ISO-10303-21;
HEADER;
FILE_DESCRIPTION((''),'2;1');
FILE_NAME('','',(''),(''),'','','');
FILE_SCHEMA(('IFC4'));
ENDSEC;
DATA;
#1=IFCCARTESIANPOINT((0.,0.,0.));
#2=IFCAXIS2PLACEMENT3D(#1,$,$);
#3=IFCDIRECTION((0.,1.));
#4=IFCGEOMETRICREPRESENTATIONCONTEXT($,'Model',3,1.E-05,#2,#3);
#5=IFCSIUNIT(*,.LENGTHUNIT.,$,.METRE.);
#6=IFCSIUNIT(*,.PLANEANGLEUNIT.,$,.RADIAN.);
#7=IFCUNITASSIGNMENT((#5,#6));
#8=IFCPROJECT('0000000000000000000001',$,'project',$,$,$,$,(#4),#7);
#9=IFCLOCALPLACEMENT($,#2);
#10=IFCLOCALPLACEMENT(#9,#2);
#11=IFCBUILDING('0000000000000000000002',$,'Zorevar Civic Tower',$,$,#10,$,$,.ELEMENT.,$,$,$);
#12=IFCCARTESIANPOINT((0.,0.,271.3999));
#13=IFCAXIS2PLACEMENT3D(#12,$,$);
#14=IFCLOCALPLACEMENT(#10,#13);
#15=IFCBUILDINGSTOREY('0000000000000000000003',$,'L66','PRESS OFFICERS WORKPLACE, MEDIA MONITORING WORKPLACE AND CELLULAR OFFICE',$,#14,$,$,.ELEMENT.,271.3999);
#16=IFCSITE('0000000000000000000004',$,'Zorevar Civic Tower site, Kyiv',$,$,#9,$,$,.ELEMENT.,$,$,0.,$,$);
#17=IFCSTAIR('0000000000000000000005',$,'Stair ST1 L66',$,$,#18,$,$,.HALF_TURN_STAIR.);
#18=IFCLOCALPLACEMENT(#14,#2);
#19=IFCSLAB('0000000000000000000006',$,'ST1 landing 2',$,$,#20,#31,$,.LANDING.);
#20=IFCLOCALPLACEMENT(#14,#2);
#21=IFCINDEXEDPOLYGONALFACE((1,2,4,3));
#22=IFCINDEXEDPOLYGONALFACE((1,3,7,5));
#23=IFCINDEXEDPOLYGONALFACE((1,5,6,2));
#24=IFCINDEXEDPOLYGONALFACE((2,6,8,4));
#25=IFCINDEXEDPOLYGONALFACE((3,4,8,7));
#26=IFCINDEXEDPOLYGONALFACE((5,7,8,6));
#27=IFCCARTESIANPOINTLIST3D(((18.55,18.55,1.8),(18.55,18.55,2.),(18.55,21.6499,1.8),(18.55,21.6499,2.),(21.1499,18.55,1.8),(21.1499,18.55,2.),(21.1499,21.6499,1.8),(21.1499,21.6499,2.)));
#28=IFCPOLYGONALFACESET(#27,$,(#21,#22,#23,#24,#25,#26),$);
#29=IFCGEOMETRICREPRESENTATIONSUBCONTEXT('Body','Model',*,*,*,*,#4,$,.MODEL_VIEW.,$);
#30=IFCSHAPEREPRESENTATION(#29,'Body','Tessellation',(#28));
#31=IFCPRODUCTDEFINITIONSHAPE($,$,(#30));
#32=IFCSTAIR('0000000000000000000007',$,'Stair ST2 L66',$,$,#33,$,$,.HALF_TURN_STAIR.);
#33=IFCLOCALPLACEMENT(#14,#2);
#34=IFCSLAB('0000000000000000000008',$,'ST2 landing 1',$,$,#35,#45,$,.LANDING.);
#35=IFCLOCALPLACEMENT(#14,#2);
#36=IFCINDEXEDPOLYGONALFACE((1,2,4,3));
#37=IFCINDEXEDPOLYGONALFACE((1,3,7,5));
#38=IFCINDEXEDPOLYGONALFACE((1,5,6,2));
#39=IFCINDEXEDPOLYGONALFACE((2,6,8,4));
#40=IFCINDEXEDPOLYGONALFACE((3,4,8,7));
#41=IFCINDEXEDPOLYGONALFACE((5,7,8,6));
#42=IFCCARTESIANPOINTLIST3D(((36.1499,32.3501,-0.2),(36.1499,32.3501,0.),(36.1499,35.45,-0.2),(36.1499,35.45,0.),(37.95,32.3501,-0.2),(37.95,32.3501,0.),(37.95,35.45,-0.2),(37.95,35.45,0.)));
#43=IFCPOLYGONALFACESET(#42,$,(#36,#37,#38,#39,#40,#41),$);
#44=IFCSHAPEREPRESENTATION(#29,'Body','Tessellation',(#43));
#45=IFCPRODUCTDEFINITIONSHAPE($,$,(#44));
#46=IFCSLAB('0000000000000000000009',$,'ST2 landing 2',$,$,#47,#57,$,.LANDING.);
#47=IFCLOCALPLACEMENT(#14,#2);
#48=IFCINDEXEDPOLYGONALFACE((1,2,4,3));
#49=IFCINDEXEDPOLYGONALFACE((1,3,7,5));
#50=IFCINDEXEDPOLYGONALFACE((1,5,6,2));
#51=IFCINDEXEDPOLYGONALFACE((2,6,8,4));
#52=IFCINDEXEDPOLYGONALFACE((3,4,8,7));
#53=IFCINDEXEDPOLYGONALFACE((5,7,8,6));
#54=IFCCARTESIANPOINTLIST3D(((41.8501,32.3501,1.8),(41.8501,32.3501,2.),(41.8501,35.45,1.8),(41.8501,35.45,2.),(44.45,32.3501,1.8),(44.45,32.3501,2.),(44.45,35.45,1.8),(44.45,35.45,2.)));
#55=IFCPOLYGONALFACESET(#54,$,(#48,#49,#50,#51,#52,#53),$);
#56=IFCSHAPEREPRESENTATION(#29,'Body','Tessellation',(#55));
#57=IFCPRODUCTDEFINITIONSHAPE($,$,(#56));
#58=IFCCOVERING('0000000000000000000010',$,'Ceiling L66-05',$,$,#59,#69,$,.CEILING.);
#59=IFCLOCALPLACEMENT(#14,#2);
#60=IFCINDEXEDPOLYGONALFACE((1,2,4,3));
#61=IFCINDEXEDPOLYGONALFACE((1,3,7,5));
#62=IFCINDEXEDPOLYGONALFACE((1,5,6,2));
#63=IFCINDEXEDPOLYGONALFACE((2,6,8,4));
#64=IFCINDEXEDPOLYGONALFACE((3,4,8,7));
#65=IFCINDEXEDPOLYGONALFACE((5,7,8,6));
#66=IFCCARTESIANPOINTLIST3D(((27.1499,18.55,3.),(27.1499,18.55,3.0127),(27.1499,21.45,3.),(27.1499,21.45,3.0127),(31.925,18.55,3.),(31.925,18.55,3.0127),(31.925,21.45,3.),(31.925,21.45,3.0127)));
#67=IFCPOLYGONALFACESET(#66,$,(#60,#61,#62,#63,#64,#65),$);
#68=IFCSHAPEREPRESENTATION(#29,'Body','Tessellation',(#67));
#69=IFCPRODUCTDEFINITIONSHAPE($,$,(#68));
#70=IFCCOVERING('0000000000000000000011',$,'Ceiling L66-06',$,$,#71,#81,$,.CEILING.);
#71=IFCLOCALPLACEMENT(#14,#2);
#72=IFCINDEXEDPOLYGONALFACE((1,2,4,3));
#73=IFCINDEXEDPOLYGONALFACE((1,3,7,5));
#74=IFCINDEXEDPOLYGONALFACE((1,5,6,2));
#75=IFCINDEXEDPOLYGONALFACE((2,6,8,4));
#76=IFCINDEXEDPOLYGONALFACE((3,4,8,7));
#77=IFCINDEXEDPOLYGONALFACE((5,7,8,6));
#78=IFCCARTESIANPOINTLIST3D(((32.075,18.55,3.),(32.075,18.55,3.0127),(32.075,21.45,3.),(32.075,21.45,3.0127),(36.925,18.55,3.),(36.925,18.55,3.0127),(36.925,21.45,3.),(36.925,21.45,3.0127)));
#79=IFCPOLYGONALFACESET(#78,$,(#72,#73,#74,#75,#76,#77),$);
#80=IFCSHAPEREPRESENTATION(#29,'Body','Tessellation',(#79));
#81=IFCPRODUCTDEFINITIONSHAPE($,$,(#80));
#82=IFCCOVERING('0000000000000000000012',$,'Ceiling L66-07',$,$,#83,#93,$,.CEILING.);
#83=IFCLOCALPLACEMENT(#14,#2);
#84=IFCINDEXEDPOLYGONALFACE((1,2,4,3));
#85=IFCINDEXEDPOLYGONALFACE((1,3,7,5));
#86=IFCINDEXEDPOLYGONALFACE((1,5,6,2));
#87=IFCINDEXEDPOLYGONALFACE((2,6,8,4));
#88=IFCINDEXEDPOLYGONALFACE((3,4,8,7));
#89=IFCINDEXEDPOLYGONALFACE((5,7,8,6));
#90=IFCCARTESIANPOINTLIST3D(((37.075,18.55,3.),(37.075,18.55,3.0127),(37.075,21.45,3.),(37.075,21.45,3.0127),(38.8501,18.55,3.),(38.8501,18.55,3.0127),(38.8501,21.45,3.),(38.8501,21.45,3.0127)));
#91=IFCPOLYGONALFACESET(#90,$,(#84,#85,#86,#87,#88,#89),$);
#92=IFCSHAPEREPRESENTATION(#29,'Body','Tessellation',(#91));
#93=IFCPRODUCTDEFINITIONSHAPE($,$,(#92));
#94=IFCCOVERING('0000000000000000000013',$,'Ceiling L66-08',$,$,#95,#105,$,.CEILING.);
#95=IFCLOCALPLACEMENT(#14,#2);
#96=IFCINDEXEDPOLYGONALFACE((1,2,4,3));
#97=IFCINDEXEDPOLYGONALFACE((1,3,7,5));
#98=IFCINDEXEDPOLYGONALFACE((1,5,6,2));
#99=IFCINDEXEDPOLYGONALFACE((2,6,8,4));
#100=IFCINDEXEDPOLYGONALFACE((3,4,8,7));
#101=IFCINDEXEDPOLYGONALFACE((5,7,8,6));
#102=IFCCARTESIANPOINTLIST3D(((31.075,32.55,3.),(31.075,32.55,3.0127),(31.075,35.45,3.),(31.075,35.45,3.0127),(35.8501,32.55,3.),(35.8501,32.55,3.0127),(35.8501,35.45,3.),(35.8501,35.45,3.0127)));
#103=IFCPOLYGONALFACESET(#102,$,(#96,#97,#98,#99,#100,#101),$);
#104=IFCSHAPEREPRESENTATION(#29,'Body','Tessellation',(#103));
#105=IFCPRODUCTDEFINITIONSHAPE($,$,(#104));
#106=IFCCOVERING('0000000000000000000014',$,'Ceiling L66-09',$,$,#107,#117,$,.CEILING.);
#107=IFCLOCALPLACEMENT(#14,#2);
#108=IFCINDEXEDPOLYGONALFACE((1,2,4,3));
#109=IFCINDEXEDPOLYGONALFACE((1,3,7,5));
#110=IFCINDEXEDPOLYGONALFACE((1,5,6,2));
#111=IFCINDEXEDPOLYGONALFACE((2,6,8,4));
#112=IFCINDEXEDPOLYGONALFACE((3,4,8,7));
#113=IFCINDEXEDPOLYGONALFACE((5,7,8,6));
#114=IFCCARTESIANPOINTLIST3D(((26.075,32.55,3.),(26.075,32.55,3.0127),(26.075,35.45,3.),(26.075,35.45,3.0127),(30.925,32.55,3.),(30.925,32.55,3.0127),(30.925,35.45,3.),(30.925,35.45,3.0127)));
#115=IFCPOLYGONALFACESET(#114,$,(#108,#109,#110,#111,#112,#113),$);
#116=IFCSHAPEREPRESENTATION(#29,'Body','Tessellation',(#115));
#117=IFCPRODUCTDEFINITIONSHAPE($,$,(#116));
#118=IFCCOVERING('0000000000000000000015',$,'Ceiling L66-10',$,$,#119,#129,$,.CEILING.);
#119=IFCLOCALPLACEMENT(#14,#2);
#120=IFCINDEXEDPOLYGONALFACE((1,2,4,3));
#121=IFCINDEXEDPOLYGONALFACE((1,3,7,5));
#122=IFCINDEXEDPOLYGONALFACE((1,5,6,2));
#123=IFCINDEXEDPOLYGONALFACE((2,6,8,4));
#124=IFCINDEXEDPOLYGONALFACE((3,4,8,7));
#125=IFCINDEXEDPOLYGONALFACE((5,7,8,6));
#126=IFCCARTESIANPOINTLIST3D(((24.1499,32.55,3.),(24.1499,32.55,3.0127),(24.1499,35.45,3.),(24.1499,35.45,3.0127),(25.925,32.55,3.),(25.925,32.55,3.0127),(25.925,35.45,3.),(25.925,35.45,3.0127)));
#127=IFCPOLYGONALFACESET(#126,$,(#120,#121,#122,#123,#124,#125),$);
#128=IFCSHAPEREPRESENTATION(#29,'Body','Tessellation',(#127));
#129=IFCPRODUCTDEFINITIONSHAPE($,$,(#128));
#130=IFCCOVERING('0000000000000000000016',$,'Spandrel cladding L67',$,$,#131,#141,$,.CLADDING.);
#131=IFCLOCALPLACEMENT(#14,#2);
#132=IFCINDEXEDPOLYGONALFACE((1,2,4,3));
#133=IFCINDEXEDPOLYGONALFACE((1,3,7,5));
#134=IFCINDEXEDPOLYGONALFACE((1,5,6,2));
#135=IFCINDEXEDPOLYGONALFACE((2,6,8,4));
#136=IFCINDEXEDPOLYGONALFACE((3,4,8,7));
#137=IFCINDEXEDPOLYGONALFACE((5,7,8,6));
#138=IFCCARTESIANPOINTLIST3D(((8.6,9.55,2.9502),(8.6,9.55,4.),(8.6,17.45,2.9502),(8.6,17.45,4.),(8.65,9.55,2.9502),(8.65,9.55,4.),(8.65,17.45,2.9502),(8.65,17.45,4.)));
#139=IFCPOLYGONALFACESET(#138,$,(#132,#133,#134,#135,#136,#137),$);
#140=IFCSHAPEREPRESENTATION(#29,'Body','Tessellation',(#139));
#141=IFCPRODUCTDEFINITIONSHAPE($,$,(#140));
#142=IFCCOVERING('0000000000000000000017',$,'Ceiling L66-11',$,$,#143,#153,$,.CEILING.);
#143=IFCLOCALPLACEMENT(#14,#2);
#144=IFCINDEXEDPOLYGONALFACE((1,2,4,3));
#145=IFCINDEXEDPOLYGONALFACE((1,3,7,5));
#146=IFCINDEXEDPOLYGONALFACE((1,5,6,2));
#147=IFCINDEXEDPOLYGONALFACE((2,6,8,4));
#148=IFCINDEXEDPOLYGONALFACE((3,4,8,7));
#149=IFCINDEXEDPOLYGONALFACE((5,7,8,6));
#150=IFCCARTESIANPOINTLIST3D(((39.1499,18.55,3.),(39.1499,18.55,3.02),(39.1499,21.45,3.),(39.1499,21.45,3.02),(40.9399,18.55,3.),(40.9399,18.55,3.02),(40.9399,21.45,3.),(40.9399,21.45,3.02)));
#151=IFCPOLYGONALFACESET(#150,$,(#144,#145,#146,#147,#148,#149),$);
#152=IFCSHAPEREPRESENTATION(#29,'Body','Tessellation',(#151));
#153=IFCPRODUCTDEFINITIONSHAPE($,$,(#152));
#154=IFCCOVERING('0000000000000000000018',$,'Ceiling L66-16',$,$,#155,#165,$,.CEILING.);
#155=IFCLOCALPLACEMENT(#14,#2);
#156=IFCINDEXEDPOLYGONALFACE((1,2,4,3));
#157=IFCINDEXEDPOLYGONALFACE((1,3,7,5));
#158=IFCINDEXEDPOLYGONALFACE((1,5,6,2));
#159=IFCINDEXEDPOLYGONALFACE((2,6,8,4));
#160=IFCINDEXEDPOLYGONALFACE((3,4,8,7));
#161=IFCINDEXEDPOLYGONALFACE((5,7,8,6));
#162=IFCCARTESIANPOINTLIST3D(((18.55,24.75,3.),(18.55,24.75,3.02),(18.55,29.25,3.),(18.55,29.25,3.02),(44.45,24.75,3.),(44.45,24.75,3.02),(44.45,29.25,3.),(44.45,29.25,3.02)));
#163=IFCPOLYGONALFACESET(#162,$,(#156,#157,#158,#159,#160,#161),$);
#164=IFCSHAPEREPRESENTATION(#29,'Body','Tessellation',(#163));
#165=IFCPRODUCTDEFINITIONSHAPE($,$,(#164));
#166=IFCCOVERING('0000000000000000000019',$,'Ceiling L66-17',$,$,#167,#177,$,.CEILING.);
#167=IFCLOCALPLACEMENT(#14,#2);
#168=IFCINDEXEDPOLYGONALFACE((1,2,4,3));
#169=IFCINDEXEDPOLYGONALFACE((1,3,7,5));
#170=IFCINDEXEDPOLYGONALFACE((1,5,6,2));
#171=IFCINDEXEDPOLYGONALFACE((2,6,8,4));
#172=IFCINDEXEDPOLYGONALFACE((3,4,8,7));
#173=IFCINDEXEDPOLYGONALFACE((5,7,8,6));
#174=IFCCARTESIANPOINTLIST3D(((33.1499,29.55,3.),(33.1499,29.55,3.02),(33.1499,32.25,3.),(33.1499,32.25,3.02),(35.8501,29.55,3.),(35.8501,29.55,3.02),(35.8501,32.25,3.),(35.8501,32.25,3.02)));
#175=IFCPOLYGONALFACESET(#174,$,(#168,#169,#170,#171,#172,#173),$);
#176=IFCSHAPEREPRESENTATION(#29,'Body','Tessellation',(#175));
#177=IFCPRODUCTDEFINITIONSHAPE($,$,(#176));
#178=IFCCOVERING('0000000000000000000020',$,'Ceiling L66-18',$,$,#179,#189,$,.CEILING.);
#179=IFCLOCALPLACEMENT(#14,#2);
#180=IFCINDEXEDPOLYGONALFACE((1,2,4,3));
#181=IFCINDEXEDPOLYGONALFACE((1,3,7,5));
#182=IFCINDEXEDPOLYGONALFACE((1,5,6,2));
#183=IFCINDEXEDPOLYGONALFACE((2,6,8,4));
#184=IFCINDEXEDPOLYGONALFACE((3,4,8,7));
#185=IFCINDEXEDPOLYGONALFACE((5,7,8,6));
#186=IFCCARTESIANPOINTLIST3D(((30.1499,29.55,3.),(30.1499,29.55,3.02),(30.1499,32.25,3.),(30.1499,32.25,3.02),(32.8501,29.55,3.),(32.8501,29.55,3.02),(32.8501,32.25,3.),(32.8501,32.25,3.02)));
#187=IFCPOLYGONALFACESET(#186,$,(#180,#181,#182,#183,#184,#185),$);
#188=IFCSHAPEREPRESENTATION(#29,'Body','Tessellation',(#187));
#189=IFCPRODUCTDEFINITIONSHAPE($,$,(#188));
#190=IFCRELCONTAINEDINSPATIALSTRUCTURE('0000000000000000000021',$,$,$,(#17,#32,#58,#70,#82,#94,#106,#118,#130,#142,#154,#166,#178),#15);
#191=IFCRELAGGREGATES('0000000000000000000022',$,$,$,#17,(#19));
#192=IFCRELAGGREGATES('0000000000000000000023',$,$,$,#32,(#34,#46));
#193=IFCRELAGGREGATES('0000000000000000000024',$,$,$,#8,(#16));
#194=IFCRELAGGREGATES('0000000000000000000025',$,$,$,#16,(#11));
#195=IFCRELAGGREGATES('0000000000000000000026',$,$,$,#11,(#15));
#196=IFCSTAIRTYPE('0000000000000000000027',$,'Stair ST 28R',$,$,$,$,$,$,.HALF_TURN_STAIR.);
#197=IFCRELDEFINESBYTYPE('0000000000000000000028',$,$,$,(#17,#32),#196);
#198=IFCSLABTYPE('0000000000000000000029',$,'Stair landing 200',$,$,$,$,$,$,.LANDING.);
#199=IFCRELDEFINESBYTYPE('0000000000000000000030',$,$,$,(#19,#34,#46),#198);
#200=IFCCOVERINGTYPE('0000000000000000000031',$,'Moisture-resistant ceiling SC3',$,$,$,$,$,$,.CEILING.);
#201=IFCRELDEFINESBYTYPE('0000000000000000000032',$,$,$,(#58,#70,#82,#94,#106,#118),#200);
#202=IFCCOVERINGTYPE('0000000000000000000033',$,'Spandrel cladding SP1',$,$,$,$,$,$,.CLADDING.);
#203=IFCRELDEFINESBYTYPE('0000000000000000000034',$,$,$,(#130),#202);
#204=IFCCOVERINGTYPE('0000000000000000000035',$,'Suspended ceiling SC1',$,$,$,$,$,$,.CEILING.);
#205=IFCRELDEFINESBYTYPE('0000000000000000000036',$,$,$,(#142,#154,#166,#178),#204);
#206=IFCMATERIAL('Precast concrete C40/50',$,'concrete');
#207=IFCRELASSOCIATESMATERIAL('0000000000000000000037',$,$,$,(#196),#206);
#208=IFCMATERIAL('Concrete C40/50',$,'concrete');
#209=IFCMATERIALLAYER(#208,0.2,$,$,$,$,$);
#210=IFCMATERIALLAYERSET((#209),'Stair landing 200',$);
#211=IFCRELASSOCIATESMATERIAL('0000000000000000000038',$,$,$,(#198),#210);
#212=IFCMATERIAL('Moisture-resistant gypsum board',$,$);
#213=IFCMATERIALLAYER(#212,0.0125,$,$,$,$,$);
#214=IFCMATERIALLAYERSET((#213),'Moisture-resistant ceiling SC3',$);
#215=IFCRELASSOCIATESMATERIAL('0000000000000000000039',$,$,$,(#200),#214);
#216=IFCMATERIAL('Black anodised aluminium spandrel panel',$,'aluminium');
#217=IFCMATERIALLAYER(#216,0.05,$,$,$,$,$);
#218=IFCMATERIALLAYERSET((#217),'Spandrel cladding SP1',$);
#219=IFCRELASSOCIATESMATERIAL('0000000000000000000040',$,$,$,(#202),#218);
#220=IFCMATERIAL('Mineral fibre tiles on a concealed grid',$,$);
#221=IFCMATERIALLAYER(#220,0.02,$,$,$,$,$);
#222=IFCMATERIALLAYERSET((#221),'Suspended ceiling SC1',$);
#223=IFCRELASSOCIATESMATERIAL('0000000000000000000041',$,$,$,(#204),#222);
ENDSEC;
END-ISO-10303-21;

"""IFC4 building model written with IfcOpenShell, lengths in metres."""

from ifc_helpers import new_model, si_unit, direction, frame, frame_2d, origin, place, context, subcontext, project, spatial, polyline, rectangle, outline, extrude, material, layer, layer_set, type_object, element, aggregate, save


model = new_model("IFC4")

# Units and contexts
model_context = context("Model", 3, precision=1e-05, world=origin(), true_north=direction((0.0, 1.0)))
body_context = subcontext(model_context, "Body", "Model", "MODEL_VIEW")
ifc_project = project(units=[si_unit("LENGTHUNIT", "METRE"), si_unit("PLANEANGLEUNIT", "RADIAN")], contexts=[model_context])

# Site, building, storey
site_placement = place(None, origin())
site = spatial("IfcSite", under=ifc_project, at=site_placement, Name="Zorevar Civic Tower site, Kyiv", CompositionType="ELEMENT", RefElevation=0.0)
building_placement = place(site_placement, origin())
building = spatial("IfcBuilding", under=site, at=building_placement, Name="Zorevar Civic Tower", CompositionType="ELEMENT")
storey_placement = place(building_placement, frame((0.0, 0.0, 271.3999)))
storey = spatial("IfcBuildingStorey", under=building, at=storey_placement, Name="L66", Description="PRESS OFFICERS WORKPLACE, MEDIA MONITORING WORKPLACE AND CELLULAR OFFICE", CompositionType="ELEMENT", Elevation=271.3999)

# Stairs, slabs
ifc_material_1 = material(Name="Precast concrete C40/50", Category="concrete")
stair_type = type_object("IfcStairType", Name="Stair ST 28R", PredefinedType="HALF_TURN_STAIR", material=ifc_material_1)
stair_1_placement = place(storey_placement, origin())
stair_1 = element("IfcStair", 1, at=stair_1_placement, inside=storey, type_object=stair_type, Name="Stair ST1 L66", PredefinedType="HALF_TURN_STAIR")
ifc_material_2 = material(Name="Concrete C40/50", Category="concrete")
ifc_layer_1 = layer(ifc_material_2, 0.2)
ifc_layer_set_1 = layer_set([ifc_layer_1], Name="Stair landing 200")
slab_type_1 = type_object("IfcSlabType", Name="Stair landing 200", PredefinedType="LANDING", material=ifc_layer_set_1)
slab_1_placement = place(storey_placement, frame((0.0, 0.0, 1.8)))
slab_1 = element("IfcSlab", 2, at=slab_1_placement, type_object=slab_type_1, Name="ST1 landing 2", PredefinedType="LANDING", context=body_context, shape_type="SweptSolid", body=[
    extrude(outline(polyline([(18.55, 18.55), (21.1499, 18.55), (21.1499, 21.6499), (18.55, 21.6499), (18.55, 18.55)])), origin(), (0.0, 0.0, 1.0), 0.2),
])
aggregate(stair_1, [slab_1])
stair_2_placement = place(storey_placement, origin())
stair_2 = element("IfcStair", 3, at=stair_2_placement, inside=storey, type_object=stair_type, Name="Stair ST2 L66", PredefinedType="HALF_TURN_STAIR")
slab_2_placement = place(storey_placement, frame((0.0, 0.0, -0.2)))
slab_2 = element("IfcSlab", 4, at=slab_2_placement, type_object=slab_type_1, Name="ST2 landing 1", PredefinedType="LANDING", context=body_context, shape_type="SweptSolid", body=[
    extrude(outline(polyline([(37.95, 32.3501), (36.1499, 32.3501), (36.1499, 35.45), (37.95, 35.45), (37.95, 32.3501)])), origin(), (0.0, 0.0, 1.0), 0.2),
])
slab_3_placement = place(storey_placement, frame((0.0, 0.0, 1.8)))
slab_3 = element("IfcSlab", 5, at=slab_3_placement, type_object=slab_type_1, Name="ST2 landing 2", PredefinedType="LANDING", context=body_context, shape_type="SweptSolid", body=[
    extrude(outline(polyline([(44.45, 32.3501), (41.8501, 32.3501), (41.8501, 35.45), (44.45, 35.45), (44.45, 32.3501)])), origin(), (0.0, 0.0, 1.0), 0.2),
])
aggregate(stair_2, [slab_2, slab_3])

# Coverings
ifc_material_3 = material(Name="Moisture-resistant gypsum board")
ifc_layer_2 = layer(ifc_material_3, 0.0125)
ifc_layer_set_2 = layer_set([ifc_layer_2], Name="Moisture-resistant ceiling SC3")
covering_type_1 = type_object("IfcCoveringType", Name="Moisture-resistant ceiling SC3", PredefinedType="CEILING", material=ifc_layer_set_2)
covering_1_placement = place(storey_placement, frame((0.0, 0.0, 3.0)))
element("IfcCovering", 6, at=covering_1_placement, inside=storey, type_object=covering_type_1, Name="Ceiling L66-05", PredefinedType="CEILING", context=body_context, shape_type="SweptSolid", body=[
    extrude(outline(polyline([(31.925, 18.55), (31.925, 21.45), (27.1499, 21.45), (27.1499, 18.55), (31.925, 18.55)])), origin(), (0.0, 0.0, 1.0), 0.0127),
])
covering_2_placement = place(storey_placement, frame((0.0, 0.0, 3.0)))
element("IfcCovering", 7, at=covering_2_placement, inside=storey, type_object=covering_type_1, Name="Ceiling L66-06", PredefinedType="CEILING", context=body_context, shape_type="SweptSolid", body=[
    extrude(outline(polyline([(36.925, 18.55), (36.925, 21.45), (32.075, 21.45), (32.075, 18.55), (36.925, 18.55)])), origin(), (0.0, 0.0, 1.0), 0.0127),
])
covering_3_placement = place(storey_placement, frame((0.0, 0.0, 3.0)))
element("IfcCovering", 8, at=covering_3_placement, inside=storey, type_object=covering_type_1, Name="Ceiling L66-07", PredefinedType="CEILING", context=body_context, shape_type="SweptSolid", body=[
    extrude(outline(polyline([(38.8501, 18.55), (38.8501, 21.45), (37.075, 21.45), (37.075, 18.55), (38.8501, 18.55)])), origin(), (0.0, 0.0, 1.0), 0.0127),
])
covering_4_placement = place(storey_placement, frame((0.0, 0.0, 3.0)))
element("IfcCovering", 9, at=covering_4_placement, inside=storey, type_object=covering_type_1, Name="Ceiling L66-08", PredefinedType="CEILING", context=body_context, shape_type="SweptSolid", body=[
    extrude(outline(polyline([(35.8501, 32.55), (35.8501, 35.45), (31.075, 35.45), (31.075, 32.55), (35.8501, 32.55)])), origin(), (0.0, 0.0, 1.0), 0.0127),
])
covering_5_placement = place(storey_placement, frame((0.0, 0.0, 3.0)))
element("IfcCovering", 10, at=covering_5_placement, inside=storey, type_object=covering_type_1, Name="Ceiling L66-09", PredefinedType="CEILING", context=body_context, shape_type="SweptSolid", body=[
    extrude(outline(polyline([(30.925, 32.55), (30.925, 35.45), (26.075, 35.45), (26.075, 32.55), (30.925, 32.55)])), origin(), (0.0, 0.0, 1.0), 0.0127),
])
covering_6_placement = place(storey_placement, frame((0.0, 0.0, 3.0)))
element("IfcCovering", 11, at=covering_6_placement, inside=storey, type_object=covering_type_1, Name="Ceiling L66-10", PredefinedType="CEILING", context=body_context, shape_type="SweptSolid", body=[
    extrude(outline(polyline([(25.925, 32.55), (25.925, 35.45), (24.1499, 35.45), (24.1499, 32.55), (25.925, 32.55)])), origin(), (0.0, 0.0, 1.0), 0.0127),
])
ifc_material_4 = material(Name="Black anodised aluminium spandrel panel", Category="aluminium")
ifc_layer_3 = layer(ifc_material_4, 0.05)
ifc_layer_set_3 = layer_set([ifc_layer_3], Name="Spandrel cladding SP1")
covering_type_2 = type_object("IfcCoveringType", Name="Spandrel cladding SP1", PredefinedType="CLADDING", material=ifc_layer_set_3)
covering_7_placement = place(storey_placement, frame((8.625, 9.55, 2.9502), z_axis=(0.0, 0.0, 1.0), x_axis=(0.0, 1.0, 0.0)))
element("IfcCovering", 12, at=covering_7_placement, inside=storey, type_object=covering_type_2, Name="Spandrel cladding L67", PredefinedType="CLADDING", context=body_context, shape_type="SweptSolid", body=[
    extrude(rectangle(XDim=7.8999, YDim=0.05, at=frame_2d((3.95, 0.0))), origin(), (0.0, 0.0, 1.0), 1.0498),
])
ifc_material_5 = material(Name="Mineral fibre tiles on a concealed grid")
ifc_layer_4 = layer(ifc_material_5, 0.02)
ifc_layer_set_4 = layer_set([ifc_layer_4], Name="Suspended ceiling SC1")
covering_type_3 = type_object("IfcCoveringType", Name="Suspended ceiling SC1", PredefinedType="CEILING", material=ifc_layer_set_4)
covering_8_placement = place(storey_placement, frame((0.0, 0.0, 3.0)))
element("IfcCovering", 13, at=covering_8_placement, inside=storey, type_object=covering_type_3, Name="Ceiling L66-11", PredefinedType="CEILING", context=body_context, shape_type="SweptSolid", body=[
    extrude(outline(polyline([(40.9399, 18.55), (40.9399, 21.45), (39.1499, 21.45), (39.1499, 18.55), (40.9399, 18.55)])), origin(), (0.0, 0.0, 1.0), 0.02),
])
covering_9_placement = place(storey_placement, frame((0.0, 0.0, 3.0)))
element("IfcCovering", 14, at=covering_9_placement, inside=storey, type_object=covering_type_3, Name="Ceiling L66-16", PredefinedType="CEILING", context=body_context, shape_type="SweptSolid", body=[
    extrude(outline(polyline([(44.45, 24.75), (44.45, 29.25), (18.55, 29.25), (18.55, 24.75), (44.45, 24.75)])), origin(), (0.0, 0.0, 1.0), 0.02),
])
covering_10_placement = place(storey_placement, frame((0.0, 0.0, 3.0)))
element("IfcCovering", 15, at=covering_10_placement, inside=storey, type_object=covering_type_3, Name="Ceiling L66-17", PredefinedType="CEILING", context=body_context, shape_type="SweptSolid", body=[
    extrude(outline(polyline([(35.8501, 29.55), (35.8501, 32.25), (33.1499, 32.25), (33.1499, 29.55), (35.8501, 29.55)])), origin(), (0.0, 0.0, 1.0), 0.02),
])
covering_11_placement = place(storey_placement, frame((0.0, 0.0, 3.0)))
element("IfcCovering", 16, at=covering_11_placement, inside=storey, type_object=covering_type_3, Name="Ceiling L66-18", PredefinedType="CEILING", context=body_context, shape_type="SweptSolid", body=[
    extrude(outline(polyline([(32.8501, 29.55), (32.8501, 32.25), (30.1499, 32.25), (30.1499, 29.55), (32.8501, 29.55)])), origin(), (0.0, 0.0, 1.0), 0.02),
])

save(model, "model.ifc")
